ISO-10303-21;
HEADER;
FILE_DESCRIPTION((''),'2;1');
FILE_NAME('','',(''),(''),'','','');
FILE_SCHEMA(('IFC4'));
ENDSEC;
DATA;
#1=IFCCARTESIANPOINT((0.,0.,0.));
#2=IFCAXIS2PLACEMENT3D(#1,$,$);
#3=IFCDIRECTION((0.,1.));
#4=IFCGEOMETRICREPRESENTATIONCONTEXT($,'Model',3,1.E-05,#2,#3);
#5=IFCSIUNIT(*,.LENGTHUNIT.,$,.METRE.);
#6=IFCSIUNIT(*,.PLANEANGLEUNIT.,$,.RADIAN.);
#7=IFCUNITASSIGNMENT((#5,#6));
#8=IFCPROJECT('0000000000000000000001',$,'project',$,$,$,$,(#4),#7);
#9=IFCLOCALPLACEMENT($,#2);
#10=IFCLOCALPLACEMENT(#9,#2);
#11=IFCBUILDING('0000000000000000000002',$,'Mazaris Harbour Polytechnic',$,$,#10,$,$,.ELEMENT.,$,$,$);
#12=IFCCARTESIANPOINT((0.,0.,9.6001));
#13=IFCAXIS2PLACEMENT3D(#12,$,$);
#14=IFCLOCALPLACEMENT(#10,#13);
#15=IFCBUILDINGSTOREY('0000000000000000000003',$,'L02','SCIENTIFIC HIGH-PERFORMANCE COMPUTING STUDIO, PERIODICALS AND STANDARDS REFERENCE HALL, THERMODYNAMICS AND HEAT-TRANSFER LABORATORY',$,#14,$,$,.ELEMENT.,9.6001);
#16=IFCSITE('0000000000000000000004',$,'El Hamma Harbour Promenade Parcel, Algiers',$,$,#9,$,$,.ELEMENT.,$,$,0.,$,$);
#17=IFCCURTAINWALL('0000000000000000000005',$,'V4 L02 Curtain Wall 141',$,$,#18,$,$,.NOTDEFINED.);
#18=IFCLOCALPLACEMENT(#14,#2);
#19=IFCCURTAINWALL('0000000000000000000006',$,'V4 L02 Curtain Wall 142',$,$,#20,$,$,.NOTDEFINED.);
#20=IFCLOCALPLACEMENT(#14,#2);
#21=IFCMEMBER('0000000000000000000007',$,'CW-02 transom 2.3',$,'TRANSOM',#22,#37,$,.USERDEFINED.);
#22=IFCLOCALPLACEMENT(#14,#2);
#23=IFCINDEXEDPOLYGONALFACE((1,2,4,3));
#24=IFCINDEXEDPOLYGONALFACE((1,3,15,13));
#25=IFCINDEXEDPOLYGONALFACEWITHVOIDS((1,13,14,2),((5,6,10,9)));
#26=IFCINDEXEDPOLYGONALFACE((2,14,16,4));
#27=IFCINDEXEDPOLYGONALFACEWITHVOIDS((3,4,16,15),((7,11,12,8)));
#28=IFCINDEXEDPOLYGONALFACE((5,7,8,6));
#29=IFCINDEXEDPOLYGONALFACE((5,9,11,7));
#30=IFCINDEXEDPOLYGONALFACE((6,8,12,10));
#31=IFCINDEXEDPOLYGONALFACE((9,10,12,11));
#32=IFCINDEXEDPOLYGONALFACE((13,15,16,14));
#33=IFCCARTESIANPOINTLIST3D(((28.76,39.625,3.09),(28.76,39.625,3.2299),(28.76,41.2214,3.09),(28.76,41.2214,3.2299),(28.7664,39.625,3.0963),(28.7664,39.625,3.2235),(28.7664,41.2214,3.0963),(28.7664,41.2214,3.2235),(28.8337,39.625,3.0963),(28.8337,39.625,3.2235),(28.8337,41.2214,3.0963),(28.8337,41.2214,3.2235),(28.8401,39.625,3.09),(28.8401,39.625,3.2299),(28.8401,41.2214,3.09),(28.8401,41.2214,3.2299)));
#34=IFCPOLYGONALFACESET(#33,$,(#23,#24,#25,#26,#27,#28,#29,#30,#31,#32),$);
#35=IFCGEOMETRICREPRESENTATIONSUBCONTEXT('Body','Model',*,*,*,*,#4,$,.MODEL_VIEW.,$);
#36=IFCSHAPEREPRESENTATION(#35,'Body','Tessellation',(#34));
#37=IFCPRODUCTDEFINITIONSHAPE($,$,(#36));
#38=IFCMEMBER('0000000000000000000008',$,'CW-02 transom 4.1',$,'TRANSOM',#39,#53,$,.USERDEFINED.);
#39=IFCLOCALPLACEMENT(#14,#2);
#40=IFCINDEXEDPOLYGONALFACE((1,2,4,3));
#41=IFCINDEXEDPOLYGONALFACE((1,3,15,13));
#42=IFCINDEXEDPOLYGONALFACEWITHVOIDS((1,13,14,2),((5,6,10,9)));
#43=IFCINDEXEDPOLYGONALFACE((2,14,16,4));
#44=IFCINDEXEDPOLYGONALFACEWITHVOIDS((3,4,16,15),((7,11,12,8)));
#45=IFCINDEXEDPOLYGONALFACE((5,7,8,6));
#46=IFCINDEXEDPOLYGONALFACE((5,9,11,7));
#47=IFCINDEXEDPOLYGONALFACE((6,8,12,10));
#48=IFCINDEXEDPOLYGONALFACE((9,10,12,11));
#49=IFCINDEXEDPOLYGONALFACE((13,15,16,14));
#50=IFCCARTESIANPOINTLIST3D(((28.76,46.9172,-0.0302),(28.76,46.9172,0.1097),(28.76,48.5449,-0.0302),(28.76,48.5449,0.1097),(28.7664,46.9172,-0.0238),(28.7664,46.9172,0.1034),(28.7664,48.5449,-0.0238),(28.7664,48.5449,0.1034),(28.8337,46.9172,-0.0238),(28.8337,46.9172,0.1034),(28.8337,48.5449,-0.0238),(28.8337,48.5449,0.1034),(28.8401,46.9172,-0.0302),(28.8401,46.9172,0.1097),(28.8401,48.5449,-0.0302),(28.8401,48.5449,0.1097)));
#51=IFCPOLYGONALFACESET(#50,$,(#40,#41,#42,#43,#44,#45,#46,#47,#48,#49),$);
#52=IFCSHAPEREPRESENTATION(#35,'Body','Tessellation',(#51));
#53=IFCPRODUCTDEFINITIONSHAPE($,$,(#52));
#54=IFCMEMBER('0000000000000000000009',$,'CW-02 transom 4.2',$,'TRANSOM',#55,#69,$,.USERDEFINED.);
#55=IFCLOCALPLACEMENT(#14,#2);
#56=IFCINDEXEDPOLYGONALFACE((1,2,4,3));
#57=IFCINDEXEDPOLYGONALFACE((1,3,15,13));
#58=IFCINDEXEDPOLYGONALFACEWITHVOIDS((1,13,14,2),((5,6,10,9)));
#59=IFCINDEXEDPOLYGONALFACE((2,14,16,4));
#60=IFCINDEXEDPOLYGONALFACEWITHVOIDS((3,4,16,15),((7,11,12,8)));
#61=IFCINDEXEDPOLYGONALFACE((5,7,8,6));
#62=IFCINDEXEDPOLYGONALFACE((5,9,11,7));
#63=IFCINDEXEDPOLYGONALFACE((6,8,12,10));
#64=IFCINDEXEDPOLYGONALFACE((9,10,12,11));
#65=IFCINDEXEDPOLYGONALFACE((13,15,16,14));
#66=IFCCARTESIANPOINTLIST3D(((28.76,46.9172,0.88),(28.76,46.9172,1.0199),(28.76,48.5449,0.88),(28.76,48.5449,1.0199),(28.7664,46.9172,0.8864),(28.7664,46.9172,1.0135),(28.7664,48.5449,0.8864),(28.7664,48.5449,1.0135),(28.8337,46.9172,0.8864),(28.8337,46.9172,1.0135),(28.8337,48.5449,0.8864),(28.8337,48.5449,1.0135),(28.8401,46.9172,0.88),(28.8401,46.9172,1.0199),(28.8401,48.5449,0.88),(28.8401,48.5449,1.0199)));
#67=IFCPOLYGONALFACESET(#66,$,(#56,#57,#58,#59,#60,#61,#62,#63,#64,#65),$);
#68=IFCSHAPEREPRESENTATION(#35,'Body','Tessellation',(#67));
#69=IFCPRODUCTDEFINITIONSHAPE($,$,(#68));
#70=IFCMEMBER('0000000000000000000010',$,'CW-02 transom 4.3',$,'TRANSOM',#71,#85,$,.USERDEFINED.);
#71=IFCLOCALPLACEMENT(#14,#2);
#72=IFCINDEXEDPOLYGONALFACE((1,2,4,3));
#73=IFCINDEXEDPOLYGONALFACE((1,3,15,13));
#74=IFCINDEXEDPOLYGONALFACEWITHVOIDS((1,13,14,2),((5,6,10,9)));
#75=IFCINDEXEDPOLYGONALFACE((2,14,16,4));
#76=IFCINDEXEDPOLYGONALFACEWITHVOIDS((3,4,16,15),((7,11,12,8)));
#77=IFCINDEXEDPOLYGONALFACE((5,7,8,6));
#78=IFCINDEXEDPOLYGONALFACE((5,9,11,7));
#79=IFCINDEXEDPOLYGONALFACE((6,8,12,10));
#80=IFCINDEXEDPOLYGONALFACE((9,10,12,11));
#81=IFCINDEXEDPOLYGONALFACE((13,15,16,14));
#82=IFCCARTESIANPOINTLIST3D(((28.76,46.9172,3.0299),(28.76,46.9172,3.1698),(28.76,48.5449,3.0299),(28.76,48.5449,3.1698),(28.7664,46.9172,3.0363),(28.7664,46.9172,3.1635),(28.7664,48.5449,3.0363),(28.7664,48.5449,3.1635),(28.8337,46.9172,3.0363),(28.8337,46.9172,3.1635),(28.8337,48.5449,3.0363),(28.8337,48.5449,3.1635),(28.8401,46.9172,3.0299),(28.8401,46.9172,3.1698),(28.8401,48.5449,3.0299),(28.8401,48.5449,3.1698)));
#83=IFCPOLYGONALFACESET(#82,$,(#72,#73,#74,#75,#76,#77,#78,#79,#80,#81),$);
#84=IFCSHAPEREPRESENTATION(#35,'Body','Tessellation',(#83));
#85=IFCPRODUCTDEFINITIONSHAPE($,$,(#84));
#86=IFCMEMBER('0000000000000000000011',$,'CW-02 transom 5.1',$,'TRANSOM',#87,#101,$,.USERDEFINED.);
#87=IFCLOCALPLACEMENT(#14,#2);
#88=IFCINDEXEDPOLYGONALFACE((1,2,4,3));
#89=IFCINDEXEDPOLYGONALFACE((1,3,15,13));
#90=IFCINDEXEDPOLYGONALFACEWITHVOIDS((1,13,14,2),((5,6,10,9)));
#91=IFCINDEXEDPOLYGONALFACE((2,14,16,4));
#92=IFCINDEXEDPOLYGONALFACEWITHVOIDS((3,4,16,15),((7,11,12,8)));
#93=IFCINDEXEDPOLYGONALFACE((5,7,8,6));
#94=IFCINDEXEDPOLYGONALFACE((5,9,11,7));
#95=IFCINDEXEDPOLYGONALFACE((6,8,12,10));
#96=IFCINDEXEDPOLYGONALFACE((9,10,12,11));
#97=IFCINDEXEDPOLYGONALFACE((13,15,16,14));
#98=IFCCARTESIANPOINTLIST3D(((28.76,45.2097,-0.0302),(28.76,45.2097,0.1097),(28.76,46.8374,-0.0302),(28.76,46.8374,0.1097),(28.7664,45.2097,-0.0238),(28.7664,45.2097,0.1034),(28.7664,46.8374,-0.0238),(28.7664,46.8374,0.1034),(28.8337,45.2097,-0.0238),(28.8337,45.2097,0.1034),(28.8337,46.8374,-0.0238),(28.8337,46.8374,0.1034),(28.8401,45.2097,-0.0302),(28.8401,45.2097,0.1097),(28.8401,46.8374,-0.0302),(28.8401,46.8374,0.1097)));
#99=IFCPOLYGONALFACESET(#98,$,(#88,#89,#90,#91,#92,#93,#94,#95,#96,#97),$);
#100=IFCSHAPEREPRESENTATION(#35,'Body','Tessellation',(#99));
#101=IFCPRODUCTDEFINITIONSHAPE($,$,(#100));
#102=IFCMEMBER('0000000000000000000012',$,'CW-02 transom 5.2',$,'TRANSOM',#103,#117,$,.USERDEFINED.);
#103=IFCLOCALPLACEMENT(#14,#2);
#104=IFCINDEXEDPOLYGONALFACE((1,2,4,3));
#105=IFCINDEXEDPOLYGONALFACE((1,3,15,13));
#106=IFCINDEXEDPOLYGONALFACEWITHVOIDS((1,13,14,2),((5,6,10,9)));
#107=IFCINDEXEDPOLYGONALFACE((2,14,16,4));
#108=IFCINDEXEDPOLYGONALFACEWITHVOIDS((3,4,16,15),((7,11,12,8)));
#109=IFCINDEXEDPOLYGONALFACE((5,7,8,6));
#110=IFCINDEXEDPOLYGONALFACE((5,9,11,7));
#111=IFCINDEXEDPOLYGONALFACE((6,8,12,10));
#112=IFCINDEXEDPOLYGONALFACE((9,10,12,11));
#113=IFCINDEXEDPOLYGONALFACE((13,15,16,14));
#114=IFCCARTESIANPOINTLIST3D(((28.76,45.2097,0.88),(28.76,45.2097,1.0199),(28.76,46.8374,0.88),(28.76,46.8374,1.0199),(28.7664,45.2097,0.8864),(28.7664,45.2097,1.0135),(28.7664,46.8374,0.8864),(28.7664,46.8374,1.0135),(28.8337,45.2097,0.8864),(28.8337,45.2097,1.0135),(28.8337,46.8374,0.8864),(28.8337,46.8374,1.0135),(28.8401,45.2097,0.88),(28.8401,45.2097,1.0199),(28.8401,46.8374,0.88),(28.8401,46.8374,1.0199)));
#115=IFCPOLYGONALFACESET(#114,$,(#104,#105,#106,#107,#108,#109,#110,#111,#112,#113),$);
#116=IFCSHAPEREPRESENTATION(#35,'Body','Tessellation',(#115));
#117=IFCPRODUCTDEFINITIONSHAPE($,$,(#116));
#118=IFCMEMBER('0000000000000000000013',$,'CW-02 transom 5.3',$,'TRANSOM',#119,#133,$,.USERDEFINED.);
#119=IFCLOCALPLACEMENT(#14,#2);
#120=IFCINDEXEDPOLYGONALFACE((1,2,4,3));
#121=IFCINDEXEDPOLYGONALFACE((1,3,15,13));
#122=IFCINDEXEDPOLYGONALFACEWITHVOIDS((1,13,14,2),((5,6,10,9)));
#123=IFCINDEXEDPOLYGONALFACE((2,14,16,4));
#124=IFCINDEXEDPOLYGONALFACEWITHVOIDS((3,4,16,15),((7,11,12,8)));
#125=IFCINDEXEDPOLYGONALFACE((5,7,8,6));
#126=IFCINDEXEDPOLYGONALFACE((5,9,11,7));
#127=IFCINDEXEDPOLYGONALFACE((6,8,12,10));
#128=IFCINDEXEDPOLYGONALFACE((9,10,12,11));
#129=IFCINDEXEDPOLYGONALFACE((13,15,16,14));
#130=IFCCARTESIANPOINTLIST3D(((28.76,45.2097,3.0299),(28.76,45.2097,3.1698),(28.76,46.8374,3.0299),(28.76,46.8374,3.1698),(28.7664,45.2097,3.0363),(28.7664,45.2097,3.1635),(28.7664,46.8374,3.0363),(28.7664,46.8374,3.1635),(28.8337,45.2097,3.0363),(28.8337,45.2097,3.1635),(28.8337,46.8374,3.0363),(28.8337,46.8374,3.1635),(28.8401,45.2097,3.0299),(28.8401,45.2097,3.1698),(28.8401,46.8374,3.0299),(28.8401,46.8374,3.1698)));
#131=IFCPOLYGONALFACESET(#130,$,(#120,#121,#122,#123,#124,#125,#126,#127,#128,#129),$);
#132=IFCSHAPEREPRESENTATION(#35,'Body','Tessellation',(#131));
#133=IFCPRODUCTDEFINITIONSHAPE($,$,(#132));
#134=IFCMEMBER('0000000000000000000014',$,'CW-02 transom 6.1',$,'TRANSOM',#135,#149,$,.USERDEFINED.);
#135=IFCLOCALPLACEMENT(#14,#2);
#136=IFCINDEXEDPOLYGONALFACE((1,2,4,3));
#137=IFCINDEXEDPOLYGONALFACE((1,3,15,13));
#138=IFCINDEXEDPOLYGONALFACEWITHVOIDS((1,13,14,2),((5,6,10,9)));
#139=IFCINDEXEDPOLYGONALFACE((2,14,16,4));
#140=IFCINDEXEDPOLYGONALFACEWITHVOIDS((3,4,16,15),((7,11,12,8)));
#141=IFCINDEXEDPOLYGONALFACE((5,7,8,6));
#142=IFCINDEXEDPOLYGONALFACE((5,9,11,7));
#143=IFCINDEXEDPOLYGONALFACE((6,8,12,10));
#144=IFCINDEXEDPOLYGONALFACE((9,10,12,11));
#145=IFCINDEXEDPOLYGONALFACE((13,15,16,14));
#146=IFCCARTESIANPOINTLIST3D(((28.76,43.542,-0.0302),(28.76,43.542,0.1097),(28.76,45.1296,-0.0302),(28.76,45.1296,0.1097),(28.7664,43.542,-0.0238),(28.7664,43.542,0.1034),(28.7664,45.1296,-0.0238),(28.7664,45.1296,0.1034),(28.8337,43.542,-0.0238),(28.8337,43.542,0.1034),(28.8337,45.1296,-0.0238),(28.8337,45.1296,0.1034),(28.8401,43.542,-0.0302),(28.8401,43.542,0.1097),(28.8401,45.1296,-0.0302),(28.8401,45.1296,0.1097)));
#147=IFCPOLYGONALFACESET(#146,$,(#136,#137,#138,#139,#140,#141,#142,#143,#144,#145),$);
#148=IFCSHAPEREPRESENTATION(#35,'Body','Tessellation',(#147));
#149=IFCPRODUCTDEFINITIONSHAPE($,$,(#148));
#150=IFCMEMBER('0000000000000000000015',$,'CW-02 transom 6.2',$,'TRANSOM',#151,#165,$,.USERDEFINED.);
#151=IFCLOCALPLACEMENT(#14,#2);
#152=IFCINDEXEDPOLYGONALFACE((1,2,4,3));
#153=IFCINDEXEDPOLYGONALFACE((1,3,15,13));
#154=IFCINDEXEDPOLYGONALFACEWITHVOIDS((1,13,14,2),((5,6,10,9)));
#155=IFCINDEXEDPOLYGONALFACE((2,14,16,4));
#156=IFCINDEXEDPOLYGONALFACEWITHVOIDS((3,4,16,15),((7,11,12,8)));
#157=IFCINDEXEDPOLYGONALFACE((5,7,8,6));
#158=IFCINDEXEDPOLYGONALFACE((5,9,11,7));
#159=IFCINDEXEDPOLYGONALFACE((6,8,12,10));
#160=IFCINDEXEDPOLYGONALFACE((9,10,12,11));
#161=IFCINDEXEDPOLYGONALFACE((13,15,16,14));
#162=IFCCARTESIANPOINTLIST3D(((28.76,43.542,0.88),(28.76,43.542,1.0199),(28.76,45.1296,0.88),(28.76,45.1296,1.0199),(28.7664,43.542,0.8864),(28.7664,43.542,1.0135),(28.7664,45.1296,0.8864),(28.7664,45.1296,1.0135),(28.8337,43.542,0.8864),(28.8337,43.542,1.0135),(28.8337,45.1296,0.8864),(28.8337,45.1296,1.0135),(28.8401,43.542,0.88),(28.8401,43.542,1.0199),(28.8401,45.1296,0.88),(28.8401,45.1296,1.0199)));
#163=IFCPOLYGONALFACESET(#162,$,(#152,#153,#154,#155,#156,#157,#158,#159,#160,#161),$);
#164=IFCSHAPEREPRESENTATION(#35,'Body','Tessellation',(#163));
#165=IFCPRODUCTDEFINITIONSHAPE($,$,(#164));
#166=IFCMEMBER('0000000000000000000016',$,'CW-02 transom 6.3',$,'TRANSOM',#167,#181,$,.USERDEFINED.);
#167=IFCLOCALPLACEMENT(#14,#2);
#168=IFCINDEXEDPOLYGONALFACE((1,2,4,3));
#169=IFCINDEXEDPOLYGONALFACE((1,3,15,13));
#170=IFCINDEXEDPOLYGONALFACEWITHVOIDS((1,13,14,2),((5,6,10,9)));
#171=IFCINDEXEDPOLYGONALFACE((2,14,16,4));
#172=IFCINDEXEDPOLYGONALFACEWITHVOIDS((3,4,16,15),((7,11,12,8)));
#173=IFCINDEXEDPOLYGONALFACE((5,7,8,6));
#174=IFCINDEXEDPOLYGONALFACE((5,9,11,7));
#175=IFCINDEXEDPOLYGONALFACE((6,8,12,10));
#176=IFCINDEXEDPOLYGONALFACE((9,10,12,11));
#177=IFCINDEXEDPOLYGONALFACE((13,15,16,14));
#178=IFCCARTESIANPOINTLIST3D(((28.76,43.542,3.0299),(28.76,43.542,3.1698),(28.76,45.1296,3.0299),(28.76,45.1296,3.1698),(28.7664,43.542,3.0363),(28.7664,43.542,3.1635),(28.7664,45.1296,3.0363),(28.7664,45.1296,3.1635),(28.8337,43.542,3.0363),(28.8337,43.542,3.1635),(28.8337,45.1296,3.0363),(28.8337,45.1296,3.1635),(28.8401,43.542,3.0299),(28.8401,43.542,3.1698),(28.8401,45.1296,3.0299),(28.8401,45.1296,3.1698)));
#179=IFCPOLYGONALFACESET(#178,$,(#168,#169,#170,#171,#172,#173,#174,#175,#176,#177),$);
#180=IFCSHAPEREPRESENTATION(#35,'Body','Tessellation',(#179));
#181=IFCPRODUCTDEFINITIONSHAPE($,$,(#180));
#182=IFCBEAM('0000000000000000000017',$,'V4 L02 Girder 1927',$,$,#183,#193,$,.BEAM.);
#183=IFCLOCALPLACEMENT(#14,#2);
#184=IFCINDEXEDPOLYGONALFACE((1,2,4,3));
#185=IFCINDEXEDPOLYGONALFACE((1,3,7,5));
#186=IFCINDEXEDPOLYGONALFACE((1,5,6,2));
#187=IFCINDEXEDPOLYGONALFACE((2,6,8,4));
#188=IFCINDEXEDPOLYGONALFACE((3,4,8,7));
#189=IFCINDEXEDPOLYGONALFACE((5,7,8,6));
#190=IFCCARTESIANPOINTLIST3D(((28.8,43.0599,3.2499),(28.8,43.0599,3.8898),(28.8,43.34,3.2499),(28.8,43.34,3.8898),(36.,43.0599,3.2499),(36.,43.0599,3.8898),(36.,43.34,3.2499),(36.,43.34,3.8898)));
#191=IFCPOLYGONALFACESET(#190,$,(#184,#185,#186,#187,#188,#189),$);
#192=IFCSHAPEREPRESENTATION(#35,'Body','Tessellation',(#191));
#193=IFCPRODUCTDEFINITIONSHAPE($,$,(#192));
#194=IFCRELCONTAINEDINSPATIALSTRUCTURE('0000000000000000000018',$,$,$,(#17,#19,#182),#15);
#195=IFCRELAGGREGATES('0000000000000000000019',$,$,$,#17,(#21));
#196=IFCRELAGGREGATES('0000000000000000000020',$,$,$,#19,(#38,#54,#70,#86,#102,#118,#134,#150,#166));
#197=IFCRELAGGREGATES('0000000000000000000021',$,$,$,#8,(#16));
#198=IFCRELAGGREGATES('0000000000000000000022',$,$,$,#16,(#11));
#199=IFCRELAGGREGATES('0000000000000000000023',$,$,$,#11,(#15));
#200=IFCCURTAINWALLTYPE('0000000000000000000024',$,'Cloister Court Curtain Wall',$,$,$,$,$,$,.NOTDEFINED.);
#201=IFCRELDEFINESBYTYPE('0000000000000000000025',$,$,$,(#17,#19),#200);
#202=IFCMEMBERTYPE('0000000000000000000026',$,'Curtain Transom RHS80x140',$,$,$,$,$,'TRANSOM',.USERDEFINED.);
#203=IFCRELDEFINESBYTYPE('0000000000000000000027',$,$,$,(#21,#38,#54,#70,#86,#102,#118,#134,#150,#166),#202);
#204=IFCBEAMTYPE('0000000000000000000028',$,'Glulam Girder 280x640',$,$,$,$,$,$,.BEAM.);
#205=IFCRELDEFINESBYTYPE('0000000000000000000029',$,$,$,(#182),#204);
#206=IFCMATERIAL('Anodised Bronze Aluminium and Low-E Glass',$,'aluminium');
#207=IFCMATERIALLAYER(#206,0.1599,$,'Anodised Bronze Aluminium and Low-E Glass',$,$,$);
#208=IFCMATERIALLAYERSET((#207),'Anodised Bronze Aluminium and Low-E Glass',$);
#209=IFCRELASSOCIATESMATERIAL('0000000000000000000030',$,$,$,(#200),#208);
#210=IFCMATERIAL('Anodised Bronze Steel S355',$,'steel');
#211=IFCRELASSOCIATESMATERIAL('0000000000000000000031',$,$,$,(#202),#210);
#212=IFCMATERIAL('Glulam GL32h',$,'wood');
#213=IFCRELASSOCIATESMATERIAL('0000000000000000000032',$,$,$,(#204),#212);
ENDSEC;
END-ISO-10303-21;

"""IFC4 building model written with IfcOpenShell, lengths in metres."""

from ifc_helpers import new_model, si_unit, direction, frame, origin, origin_2d, place, context, subcontext, project, spatial, rectangle, hollow_rectangle, extrude, material, layer, layer_set, material_profile, profile_set, type_object, element, aggregate, save


model = new_model("IFC4")

# Units and contexts
model_context = context("Model", 3, precision=1e-05, world=origin(), true_north=direction((0.0, 1.0)))
body_context = subcontext(model_context, "Body", "Model", "MODEL_VIEW")
ifc_project = project(units=[si_unit("LENGTHUNIT", "METRE"), si_unit("PLANEANGLEUNIT", "RADIAN")], contexts=[model_context])

# Site, building, storey
site_placement = place(None, origin())
site = spatial("IfcSite", under=ifc_project, at=site_placement, Name="El Hamma Harbour Promenade Parcel, Algiers", CompositionType="ELEMENT", RefElevation=0.0)
building_placement = place(site_placement, origin())
building = spatial("IfcBuilding", under=site, at=building_placement, Name="Mazaris Harbour Polytechnic", CompositionType="ELEMENT")
storey_placement = place(building_placement, frame((0.0, 0.0, 9.6001)))
storey = spatial("IfcBuildingStorey", under=building, at=storey_placement, Name="L02", Description="SCIENTIFIC HIGH-PERFORMANCE COMPUTING STUDIO, PERIODICALS AND STANDARDS REFERENCE HALL, THERMODYNAMICS AND HEAT-TRANSFER LABORATORY", CompositionType="ELEMENT", Elevation=9.6001)

# Curtain walls
ifc_material_1 = material(Name="Anodised Bronze Aluminium and Low-E Glass", Category="aluminium")
ifc_layer_1 = layer(ifc_material_1, 0.1599, Name="Anodised Bronze Aluminium and Low-E Glass")
ifc_layer_set_1 = layer_set([ifc_layer_1], Name="Anodised Bronze Aluminium and Low-E Glass")
curtain_wall_type = type_object("IfcCurtainWallType", Name="Cloister Court Curtain Wall", PredefinedType="NOTDEFINED", material=ifc_layer_set_1)
curtain_wall_1_placement = place(storey_placement, origin())
curtain_wall_1 = element("IfcCurtainWall", 1, at=curtain_wall_1_placement, inside=storey, type_object=curtain_wall_type, Name="V4 L02 Curtain Wall 141", PredefinedType="NOTDEFINED")
curtain_wall_2_placement = place(storey_placement, origin())
curtain_wall_2 = element("IfcCurtainWall", 2, at=curtain_wall_2_placement, inside=storey, type_object=curtain_wall_type, Name="V4 L02 Curtain Wall 142", PredefinedType="NOTDEFINED")

# Members
ifc_material_2 = material(Name="Anodised Bronze Steel S355", Category="steel")
ifc_material_profile_1 = material_profile(ifc_material_2, hollow_rectangle(XDim=0.0801, YDim=0.1399, WallThickness=0.0063, at=origin_2d()), Name="RHS 80x140x6.3")
ifc_profile_set_1 = profile_set([ifc_material_profile_1], Name="Anodised Bronze Steel S355")
member_type_1 = type_object("IfcMemberType", Name="Curtain Transom RHS80x140", ElementType="TRANSOM", PredefinedType="USERDEFINED", material=ifc_profile_set_1)
member_1_placement = place(storey_placement, frame((28.8, 41.2214, 3.1599), z_axis=(0.0, -1.0, 0.0), x_axis=(1.0, 0.0, 0.0)))
member_1 = element("IfcMember", 3, at=member_1_placement, type_object=member_type_1, Name="CW-02 transom 2.3", ObjectType="TRANSOM", PredefinedType="USERDEFINED", context=body_context, shape_type="SweptSolid", body=[
    extrude(hollow_rectangle(XDim=0.0801, YDim=0.1399, WallThickness=0.0063, at=origin_2d()), origin(), (0.0, 0.0, 1.0), 1.5964),
])
member_2_placement = place(storey_placement, frame((28.8, 48.5449, 0.0398), z_axis=(0.0, -1.0, 0.0), x_axis=(1.0, 0.0, 0.0)))
member_2 = element("IfcMember", 4, at=member_2_placement, type_object=member_type_1, Name="CW-02 transom 4.1", ObjectType="TRANSOM", PredefinedType="USERDEFINED", context=body_context, shape_type="SweptSolid", body=[
    extrude(hollow_rectangle(XDim=0.0801, YDim=0.1399, WallThickness=0.0063, at=origin_2d()), origin(), (0.0, 0.0, 1.0), 1.6277),
])
member_3_placement = place(storey_placement, frame((28.8, 48.5449, 0.95), z_axis=(0.0, -1.0, 0.0), x_axis=(1.0, 0.0, 0.0)))
member_3 = element("IfcMember", 5, at=member_3_placement, type_object=member_type_1, Name="CW-02 transom 4.2", ObjectType="TRANSOM", PredefinedType="USERDEFINED", context=body_context, shape_type="SweptSolid", body=[
    extrude(hollow_rectangle(XDim=0.0801, YDim=0.1399, WallThickness=0.0063, at=origin_2d()), origin(), (0.0, 0.0, 1.0), 1.6277),
])
member_4_placement = place(storey_placement, frame((28.8, 48.5449, 3.0999), z_axis=(0.0, -1.0, 0.0), x_axis=(1.0, 0.0, 0.0)))
member_4 = element("IfcMember", 6, at=member_4_placement, type_object=member_type_1, Name="CW-02 transom 4.3", ObjectType="TRANSOM", PredefinedType="USERDEFINED", context=body_context, shape_type="SweptSolid", body=[
    extrude(hollow_rectangle(XDim=0.0801, YDim=0.1399, WallThickness=0.0063, at=origin_2d()), origin(), (0.0, 0.0, 1.0), 1.6277),
])
member_5_placement = place(storey_placement, frame((28.8, 46.8374, 0.0398), z_axis=(0.0, -1.0, 0.0), x_axis=(1.0, 0.0, 0.0)))
member_5 = element("IfcMember", 7, at=member_5_placement, type_object=member_type_1, Name="CW-02 transom 5.1", ObjectType="TRANSOM", PredefinedType="USERDEFINED", context=body_context, shape_type="SweptSolid", body=[
    extrude(hollow_rectangle(XDim=0.0801, YDim=0.1399, WallThickness=0.0063, at=origin_2d()), origin(), (0.0, 0.0, 1.0), 1.6277),
])
member_6_placement = place(storey_placement, frame((28.8, 46.8374, 0.95), z_axis=(0.0, -1.0, 0.0), x_axis=(1.0, 0.0, 0.0)))
member_6 = element("IfcMember", 8, at=member_6_placement, type_object=member_type_1, Name="CW-02 transom 5.2", ObjectType="TRANSOM", PredefinedType="USERDEFINED", context=body_context, shape_type="SweptSolid", body=[
    extrude(hollow_rectangle(XDim=0.0801, YDim=0.1399, WallThickness=0.0063, at=origin_2d()), origin(), (0.0, 0.0, 1.0), 1.6277),
])
member_7_placement = place(storey_placement, frame((28.8, 46.8374, 3.0999), z_axis=(0.0, -1.0, 0.0), x_axis=(1.0, 0.0, 0.0)))
member_7 = element("IfcMember", 9, at=member_7_placement, type_object=member_type_1, Name="CW-02 transom 5.3", ObjectType="TRANSOM", PredefinedType="USERDEFINED", context=body_context, shape_type="SweptSolid", body=[
    extrude(hollow_rectangle(XDim=0.0801, YDim=0.1399, WallThickness=0.0063, at=origin_2d()), origin(), (0.0, 0.0, 1.0), 1.6277),
])
member_8_placement = place(storey_placement, frame((28.8, 45.1296, 0.0398), z_axis=(0.0, -1.0, 0.0), x_axis=(1.0, 0.0, 0.0)))
member_8 = element("IfcMember", 10, at=member_8_placement, type_object=member_type_1, Name="CW-02 transom 6.1", ObjectType="TRANSOM", PredefinedType="USERDEFINED", context=body_context, shape_type="SweptSolid", body=[
    extrude(hollow_rectangle(XDim=0.0801, YDim=0.1399, WallThickness=0.0063, at=origin_2d()), origin(), (0.0, 0.0, 1.0), 1.5876),
])
member_9_placement = place(storey_placement, frame((28.8, 45.1296, 0.95), z_axis=(0.0, -1.0, 0.0), x_axis=(1.0, 0.0, 0.0)))
member_9 = element("IfcMember", 11, at=member_9_placement, type_object=member_type_1, Name="CW-02 transom 6.2", ObjectType="TRANSOM", PredefinedType="USERDEFINED", context=body_context, shape_type="SweptSolid", body=[
    extrude(hollow_rectangle(XDim=0.0801, YDim=0.1399, WallThickness=0.0063, at=origin_2d()), origin(), (0.0, 0.0, 1.0), 1.5876),
])
member_10_placement = place(storey_placement, frame((28.8, 45.1296, 3.0999), z_axis=(0.0, -1.0, 0.0), x_axis=(1.0, 0.0, 0.0)))
member_10 = element("IfcMember", 12, at=member_10_placement, type_object=member_type_1, Name="CW-02 transom 6.3", ObjectType="TRANSOM", PredefinedType="USERDEFINED", context=body_context, shape_type="SweptSolid", body=[
    extrude(hollow_rectangle(XDim=0.0801, YDim=0.1399, WallThickness=0.0063, at=origin_2d()), origin(), (0.0, 0.0, 1.0), 1.5876),
])

# Beam
ifc_material_3 = material(Name="Glulam GL32h", Category="wood")
ifc_material_profile_2 = material_profile(ifc_material_3, rectangle(XDim=0.28, YDim=0.6399, at=origin_2d()), Name="RECT280x640")
ifc_profile_set_2 = profile_set([ifc_material_profile_2], Name="Glulam GL32h")
beam_type_1 = type_object("IfcBeamType", Name="Glulam Girder 280x640", PredefinedType="BEAM", material=ifc_profile_set_2)
beam_1_placement = place(storey_placement, frame((28.8, 43.2, 3.5698), z_axis=(1.0, 0.0, 0.0), x_axis=(0.0, 1.0, 0.0)))
element("IfcBeam", 13, at=beam_1_placement, inside=storey, type_object=beam_type_1, Name="V4 L02 Girder 1927", PredefinedType="BEAM", context=body_context, shape_type="SweptSolid", body=[
    extrude(rectangle(XDim=0.28, YDim=0.6399, at=origin_2d()), origin(), (0.0, 0.0, 1.0), 7.2),
])

aggregate(curtain_wall_1, [member_1])
aggregate(curtain_wall_2, [member_2, member_3, member_4, member_5, member_6, member_7, member_8, member_9, member_10])

save(model, "model.ifc")
